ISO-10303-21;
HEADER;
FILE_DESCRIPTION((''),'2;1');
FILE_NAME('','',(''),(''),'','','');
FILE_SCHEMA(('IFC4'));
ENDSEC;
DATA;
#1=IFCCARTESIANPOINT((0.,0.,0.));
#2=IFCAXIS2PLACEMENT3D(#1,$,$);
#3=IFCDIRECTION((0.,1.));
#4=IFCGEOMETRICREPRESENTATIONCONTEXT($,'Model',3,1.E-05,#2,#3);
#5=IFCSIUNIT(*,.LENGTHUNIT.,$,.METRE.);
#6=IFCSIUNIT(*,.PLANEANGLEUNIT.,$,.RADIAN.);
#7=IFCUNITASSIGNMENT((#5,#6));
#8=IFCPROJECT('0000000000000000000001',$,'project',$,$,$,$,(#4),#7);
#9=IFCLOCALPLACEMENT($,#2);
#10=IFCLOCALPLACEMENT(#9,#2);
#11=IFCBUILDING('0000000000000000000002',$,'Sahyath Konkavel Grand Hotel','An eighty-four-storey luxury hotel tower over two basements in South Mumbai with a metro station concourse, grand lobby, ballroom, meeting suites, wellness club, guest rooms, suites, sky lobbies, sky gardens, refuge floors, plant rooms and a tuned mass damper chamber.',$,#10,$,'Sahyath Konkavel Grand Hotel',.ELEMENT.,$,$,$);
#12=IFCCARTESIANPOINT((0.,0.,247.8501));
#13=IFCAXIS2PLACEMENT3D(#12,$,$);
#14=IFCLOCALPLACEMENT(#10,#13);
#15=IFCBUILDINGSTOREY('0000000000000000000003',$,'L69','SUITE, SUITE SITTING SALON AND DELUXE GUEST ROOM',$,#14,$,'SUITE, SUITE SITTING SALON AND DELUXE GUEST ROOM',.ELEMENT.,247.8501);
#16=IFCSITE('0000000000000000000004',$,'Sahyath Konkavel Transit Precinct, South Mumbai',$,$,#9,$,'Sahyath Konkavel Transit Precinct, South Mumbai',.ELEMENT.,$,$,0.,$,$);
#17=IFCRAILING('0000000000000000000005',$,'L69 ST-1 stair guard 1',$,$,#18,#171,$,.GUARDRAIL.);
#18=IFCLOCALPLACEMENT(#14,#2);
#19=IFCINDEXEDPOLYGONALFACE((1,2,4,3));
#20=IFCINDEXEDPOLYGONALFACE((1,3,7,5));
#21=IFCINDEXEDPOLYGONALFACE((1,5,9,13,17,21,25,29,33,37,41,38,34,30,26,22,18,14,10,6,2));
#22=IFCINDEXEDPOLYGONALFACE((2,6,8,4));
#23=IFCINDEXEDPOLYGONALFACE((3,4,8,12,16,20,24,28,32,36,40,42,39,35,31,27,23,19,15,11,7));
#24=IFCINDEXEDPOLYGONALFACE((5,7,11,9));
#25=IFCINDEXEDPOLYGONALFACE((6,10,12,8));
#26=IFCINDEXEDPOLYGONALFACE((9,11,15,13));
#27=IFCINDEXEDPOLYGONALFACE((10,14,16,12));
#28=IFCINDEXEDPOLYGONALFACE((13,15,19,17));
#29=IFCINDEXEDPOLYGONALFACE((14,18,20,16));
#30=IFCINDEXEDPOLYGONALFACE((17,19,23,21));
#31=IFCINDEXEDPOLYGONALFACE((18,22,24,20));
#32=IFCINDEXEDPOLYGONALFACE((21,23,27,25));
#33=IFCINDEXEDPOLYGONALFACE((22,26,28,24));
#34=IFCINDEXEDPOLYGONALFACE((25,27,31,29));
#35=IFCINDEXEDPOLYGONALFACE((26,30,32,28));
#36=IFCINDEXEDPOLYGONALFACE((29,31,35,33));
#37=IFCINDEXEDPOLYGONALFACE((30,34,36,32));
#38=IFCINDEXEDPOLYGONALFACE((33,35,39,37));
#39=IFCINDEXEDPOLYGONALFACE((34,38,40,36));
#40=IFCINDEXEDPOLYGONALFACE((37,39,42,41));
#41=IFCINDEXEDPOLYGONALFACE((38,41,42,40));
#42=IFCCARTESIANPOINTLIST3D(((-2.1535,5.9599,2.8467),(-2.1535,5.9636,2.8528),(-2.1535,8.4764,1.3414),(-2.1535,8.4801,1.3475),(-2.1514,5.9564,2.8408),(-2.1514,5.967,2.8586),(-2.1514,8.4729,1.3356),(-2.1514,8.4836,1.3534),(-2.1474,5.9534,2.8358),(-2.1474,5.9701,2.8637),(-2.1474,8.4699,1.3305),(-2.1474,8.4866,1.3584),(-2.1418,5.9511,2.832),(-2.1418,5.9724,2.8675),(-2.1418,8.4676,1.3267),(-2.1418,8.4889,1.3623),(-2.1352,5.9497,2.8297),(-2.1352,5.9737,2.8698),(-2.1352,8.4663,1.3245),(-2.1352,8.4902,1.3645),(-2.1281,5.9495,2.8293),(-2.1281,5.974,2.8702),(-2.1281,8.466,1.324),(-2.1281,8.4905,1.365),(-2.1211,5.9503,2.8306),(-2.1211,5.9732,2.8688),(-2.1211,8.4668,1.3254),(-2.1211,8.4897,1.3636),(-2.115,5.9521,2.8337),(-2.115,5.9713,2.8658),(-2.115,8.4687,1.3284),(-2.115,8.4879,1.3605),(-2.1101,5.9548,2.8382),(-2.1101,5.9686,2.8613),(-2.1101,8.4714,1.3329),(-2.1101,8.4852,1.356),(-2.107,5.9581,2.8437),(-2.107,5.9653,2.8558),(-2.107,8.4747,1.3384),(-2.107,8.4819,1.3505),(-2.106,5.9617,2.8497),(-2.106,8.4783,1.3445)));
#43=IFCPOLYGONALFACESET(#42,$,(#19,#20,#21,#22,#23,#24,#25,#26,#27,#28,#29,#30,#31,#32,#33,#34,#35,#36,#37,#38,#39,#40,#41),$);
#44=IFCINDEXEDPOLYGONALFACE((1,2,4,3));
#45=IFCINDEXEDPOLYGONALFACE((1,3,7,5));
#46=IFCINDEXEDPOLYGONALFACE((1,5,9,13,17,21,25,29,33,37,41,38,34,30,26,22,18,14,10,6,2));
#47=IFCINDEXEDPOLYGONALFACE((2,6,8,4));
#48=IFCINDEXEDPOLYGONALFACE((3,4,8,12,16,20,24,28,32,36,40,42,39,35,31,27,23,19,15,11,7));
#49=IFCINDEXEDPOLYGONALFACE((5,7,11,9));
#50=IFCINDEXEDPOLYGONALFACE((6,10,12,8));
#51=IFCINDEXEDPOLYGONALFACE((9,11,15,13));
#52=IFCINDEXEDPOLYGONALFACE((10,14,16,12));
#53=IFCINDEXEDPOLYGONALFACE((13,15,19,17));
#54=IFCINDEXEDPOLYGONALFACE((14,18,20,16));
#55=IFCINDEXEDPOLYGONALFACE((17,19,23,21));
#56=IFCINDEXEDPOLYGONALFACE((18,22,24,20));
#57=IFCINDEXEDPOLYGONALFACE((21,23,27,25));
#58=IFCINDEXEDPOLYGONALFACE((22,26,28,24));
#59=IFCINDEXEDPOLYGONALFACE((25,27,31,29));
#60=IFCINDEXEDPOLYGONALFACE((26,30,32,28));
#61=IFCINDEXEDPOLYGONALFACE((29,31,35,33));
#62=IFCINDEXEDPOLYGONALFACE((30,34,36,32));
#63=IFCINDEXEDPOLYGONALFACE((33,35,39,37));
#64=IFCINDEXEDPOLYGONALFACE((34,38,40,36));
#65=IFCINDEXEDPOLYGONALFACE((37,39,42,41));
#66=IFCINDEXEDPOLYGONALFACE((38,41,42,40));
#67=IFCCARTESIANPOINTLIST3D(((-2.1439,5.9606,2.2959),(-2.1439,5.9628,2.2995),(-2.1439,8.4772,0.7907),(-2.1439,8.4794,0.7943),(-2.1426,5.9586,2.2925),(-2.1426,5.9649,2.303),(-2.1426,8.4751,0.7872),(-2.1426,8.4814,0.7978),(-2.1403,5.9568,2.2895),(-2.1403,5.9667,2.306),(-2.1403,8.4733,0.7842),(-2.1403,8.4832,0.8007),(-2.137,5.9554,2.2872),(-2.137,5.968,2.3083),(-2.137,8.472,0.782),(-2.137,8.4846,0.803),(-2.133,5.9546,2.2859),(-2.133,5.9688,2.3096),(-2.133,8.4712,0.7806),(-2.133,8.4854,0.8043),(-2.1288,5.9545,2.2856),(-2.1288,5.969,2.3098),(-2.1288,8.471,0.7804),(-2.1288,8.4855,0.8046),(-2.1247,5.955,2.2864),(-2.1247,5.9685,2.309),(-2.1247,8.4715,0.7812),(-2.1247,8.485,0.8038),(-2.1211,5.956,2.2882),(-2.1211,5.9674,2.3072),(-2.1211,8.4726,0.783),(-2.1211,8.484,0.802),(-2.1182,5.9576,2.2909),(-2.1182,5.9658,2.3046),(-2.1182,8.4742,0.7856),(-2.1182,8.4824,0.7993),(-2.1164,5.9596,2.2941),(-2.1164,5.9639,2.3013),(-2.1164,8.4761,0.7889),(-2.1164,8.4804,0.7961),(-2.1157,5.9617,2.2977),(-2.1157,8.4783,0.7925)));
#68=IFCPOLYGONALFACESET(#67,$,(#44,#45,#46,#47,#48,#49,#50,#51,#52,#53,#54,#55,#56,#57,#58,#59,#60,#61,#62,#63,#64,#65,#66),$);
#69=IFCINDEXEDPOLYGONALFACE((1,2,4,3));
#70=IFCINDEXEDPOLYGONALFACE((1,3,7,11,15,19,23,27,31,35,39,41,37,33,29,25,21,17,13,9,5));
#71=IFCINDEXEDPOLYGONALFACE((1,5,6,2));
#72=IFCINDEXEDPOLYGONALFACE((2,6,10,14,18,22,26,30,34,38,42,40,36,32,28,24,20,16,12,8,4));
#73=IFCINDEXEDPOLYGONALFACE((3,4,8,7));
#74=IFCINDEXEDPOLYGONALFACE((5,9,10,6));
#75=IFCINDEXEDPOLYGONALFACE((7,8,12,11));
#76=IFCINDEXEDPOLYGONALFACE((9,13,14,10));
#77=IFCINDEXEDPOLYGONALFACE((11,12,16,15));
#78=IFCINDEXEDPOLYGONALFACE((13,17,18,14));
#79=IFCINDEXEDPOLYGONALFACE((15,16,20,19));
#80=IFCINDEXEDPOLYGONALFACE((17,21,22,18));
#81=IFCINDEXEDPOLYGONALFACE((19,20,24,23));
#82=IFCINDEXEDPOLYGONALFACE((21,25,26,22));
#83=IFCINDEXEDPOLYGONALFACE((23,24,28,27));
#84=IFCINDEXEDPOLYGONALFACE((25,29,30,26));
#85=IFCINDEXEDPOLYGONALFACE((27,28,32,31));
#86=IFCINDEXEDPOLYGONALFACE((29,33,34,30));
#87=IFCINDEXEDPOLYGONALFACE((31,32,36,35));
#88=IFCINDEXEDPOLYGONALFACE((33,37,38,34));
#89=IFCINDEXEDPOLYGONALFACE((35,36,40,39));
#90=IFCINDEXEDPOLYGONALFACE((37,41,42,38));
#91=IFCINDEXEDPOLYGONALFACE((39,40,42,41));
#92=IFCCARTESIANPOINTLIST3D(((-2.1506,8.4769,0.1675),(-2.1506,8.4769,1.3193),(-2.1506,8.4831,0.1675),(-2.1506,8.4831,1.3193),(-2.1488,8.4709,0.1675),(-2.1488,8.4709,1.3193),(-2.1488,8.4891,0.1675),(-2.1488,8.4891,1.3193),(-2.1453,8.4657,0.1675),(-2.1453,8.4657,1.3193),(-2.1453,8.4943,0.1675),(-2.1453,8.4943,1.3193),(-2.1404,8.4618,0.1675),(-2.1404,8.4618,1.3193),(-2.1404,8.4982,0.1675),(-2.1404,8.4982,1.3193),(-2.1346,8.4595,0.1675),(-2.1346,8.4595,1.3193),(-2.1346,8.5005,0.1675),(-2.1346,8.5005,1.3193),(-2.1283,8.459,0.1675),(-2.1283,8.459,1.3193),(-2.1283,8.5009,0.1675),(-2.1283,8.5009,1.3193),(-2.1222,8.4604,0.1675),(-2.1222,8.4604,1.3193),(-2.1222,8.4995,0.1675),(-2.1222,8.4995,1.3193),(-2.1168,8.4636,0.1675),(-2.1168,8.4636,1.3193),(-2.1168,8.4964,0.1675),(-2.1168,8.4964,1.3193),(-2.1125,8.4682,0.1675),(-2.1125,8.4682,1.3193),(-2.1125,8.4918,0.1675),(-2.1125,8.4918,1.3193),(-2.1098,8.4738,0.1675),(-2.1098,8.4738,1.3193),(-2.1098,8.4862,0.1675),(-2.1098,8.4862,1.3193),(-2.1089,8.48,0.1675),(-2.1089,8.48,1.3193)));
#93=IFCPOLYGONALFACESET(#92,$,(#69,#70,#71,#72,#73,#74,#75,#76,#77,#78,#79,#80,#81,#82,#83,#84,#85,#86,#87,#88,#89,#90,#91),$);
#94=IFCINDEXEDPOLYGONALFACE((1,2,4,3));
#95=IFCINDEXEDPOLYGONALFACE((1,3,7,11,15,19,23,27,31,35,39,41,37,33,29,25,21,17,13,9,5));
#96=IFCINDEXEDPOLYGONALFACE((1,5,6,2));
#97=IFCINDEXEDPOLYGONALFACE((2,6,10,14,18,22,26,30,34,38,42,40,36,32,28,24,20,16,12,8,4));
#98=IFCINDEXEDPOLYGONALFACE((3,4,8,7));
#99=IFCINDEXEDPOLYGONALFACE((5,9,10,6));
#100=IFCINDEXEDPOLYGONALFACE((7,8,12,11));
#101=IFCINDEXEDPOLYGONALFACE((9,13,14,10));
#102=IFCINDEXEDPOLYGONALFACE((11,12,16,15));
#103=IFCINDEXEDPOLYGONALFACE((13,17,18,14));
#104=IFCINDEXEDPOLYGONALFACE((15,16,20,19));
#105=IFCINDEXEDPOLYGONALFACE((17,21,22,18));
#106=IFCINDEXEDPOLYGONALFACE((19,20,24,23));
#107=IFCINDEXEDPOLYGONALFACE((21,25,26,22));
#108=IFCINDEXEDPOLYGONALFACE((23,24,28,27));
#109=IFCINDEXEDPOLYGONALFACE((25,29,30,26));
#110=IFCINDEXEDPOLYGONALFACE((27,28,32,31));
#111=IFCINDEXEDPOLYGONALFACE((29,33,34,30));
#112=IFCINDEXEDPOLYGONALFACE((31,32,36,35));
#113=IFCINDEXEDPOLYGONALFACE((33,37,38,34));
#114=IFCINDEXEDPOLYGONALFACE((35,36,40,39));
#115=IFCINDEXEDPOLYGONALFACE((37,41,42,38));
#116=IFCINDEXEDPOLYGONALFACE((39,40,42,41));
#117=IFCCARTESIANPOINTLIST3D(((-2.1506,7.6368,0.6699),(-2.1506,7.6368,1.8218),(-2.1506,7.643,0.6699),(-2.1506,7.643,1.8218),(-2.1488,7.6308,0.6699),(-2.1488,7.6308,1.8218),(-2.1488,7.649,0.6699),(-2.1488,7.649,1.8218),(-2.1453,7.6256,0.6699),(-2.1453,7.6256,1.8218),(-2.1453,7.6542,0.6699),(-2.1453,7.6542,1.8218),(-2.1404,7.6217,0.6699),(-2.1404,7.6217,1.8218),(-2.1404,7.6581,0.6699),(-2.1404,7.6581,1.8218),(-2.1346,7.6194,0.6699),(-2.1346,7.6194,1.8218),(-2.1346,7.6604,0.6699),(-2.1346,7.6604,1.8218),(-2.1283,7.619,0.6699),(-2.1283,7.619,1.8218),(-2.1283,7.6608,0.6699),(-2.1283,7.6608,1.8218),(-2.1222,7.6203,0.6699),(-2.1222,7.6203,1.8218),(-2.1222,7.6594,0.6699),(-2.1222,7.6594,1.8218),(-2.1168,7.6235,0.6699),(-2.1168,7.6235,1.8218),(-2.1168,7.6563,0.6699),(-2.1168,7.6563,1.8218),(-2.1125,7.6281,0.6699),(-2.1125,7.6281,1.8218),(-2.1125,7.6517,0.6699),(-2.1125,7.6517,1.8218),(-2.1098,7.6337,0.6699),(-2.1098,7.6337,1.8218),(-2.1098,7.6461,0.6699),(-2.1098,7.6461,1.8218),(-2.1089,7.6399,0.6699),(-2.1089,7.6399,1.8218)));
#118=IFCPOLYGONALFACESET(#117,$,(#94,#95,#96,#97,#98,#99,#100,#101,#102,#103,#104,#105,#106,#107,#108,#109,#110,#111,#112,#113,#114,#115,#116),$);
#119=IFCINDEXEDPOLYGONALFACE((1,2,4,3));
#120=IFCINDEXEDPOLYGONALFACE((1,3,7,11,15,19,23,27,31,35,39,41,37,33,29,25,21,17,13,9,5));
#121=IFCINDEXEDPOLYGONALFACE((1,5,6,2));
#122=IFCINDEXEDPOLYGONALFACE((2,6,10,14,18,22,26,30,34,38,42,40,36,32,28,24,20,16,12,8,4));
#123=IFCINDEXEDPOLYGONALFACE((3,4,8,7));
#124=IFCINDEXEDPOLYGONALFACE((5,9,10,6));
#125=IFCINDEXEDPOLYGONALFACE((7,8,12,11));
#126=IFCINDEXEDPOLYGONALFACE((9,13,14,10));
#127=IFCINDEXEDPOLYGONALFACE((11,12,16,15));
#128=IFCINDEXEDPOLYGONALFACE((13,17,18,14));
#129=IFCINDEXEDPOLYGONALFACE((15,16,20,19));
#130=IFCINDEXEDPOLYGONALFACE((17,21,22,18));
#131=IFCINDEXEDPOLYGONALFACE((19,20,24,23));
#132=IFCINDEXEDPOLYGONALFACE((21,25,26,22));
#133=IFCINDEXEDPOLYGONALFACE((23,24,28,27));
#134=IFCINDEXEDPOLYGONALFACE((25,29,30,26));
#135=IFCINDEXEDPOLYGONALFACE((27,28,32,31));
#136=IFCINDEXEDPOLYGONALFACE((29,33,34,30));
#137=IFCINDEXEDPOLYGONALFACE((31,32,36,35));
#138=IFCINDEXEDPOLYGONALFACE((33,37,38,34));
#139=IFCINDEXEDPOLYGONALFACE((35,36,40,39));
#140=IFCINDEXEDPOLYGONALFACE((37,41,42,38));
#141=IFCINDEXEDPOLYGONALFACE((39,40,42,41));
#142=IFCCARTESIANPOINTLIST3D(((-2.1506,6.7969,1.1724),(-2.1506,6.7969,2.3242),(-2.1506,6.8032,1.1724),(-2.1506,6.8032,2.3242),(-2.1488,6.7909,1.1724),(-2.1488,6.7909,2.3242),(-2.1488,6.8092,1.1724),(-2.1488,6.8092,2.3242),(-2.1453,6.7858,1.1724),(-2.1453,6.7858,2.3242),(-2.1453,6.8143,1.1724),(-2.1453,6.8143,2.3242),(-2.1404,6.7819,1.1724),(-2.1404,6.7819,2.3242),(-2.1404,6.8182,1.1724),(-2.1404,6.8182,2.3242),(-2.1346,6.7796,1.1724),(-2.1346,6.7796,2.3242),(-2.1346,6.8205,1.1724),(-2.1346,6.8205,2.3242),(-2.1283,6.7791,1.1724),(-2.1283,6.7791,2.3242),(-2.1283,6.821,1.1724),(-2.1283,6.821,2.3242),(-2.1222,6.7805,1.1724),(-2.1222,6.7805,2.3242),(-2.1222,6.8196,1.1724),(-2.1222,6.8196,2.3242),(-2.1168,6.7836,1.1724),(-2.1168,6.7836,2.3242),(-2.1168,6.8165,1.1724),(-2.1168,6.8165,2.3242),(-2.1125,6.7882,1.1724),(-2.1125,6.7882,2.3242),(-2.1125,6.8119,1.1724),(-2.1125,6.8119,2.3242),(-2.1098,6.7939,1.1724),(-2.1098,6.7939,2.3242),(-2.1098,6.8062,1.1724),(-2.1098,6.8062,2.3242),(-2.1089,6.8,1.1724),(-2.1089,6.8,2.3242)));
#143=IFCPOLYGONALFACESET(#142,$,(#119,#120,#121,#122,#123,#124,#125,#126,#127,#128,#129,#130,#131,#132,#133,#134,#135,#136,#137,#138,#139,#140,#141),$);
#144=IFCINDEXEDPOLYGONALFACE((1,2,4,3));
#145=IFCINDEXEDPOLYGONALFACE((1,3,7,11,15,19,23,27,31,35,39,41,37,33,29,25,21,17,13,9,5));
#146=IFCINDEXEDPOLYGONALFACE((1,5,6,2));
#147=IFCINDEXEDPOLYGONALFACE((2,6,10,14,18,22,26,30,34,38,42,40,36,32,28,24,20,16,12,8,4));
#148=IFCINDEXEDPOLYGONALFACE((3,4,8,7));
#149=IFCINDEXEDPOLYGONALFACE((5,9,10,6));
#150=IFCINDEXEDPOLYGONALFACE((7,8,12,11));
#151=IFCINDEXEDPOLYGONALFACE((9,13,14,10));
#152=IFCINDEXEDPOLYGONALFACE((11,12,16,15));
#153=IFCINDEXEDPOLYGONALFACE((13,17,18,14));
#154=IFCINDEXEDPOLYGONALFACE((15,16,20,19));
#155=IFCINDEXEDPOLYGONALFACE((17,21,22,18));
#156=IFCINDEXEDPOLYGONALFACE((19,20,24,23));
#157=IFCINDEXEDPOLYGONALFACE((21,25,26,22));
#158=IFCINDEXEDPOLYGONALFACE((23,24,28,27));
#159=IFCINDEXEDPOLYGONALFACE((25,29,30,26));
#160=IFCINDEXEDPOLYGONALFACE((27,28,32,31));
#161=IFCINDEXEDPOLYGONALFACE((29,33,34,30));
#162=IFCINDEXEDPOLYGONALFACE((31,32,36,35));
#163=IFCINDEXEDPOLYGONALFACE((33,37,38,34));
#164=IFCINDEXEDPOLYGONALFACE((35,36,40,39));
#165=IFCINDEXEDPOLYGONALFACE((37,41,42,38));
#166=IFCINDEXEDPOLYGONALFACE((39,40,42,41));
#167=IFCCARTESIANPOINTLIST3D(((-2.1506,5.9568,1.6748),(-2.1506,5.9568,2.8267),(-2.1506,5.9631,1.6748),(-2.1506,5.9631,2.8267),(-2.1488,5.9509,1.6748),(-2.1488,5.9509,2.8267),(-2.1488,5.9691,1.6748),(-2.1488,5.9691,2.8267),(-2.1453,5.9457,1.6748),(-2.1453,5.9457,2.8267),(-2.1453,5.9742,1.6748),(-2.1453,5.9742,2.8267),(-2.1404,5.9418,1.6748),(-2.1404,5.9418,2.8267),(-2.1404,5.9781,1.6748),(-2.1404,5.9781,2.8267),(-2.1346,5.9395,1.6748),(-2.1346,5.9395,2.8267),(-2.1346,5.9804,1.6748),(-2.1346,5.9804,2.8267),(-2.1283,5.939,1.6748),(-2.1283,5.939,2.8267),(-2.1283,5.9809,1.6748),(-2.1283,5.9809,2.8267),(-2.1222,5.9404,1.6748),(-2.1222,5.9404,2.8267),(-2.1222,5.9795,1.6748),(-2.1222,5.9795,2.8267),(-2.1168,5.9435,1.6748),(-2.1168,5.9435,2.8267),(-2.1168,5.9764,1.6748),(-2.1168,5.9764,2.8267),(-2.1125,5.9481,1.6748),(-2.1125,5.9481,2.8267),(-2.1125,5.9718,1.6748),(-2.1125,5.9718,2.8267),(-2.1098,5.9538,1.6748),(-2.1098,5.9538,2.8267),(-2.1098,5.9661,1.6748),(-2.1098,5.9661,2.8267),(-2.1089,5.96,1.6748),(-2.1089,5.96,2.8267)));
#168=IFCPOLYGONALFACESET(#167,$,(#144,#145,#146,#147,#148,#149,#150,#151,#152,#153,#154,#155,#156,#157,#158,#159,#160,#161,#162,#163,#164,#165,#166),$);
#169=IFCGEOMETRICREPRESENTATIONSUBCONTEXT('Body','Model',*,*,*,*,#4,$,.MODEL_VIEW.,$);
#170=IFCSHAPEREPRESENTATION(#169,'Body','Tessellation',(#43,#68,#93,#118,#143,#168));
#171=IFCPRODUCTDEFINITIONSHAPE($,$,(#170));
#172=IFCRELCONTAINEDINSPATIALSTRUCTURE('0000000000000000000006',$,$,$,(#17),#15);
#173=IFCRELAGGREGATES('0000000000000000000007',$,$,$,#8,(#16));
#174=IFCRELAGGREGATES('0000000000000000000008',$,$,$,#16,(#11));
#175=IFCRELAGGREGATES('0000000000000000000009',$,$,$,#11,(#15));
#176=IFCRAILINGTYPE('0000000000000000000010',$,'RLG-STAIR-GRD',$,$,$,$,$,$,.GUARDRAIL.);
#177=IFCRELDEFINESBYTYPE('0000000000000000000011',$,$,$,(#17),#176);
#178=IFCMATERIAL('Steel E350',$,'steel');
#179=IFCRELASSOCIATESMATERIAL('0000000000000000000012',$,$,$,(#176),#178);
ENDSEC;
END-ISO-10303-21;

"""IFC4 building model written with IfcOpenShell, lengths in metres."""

from ifc_helpers import new_model, si_unit, direction, frame, origin, origin_2d, place, context, subcontext, project, spatial, circle, extrude, material, type_object, element, save


model = new_model("IFC4")

# Units and contexts
model_context = context("Model", 3, precision=1e-05, world=origin(), true_north=direction((0.0, 1.0)))
body_context = subcontext(model_context, "Body", "Model", "MODEL_VIEW")
ifc_project = project(units=[si_unit("LENGTHUNIT", "METRE"), si_unit("PLANEANGLEUNIT", "RADIAN")], contexts=[model_context])

# Site, building, storey
site_placement = place(None, origin())
site = spatial("IfcSite", under=ifc_project, at=site_placement, Name="Sahyath Konkavel Transit Precinct, South Mumbai", LongName="Sahyath Konkavel Transit Precinct, South Mumbai", CompositionType="ELEMENT", RefElevation=0.0)
building_placement = place(site_placement, origin())
building = spatial("IfcBuilding", under=site, at=building_placement, Name="Sahyath Konkavel Grand Hotel", Description="An eighty-four-storey luxury hotel tower over two basements in South Mumbai with a metro station concourse, grand lobby, ballroom, meeting suites, wellness club, guest rooms, suites, sky lobbies, sky gardens, refuge floors, plant rooms and a tuned mass damper chamber.", LongName="Sahyath Konkavel Grand Hotel", CompositionType="ELEMENT")
storey_placement = place(building_placement, frame((0.0, 0.0, 247.8501)))
storey = spatial("IfcBuildingStorey", under=building, at=storey_placement, Name="L69", Description="SUITE, SUITE SITTING SALON AND DELUXE GUEST ROOM", LongName="SUITE, SUITE SITTING SALON AND DELUXE GUEST ROOM", CompositionType="ELEMENT", Elevation=247.8501)

# Shared definitions
ifc_material_1 = material(Name="Steel E350", Category="steel")

# Railing
railing_type_1 = type_object("IfcRailingType", Name="RLG-STAIR-GRD", PredefinedType="GUARDRAIL", material=ifc_material_1)
railing_1_placement = place(storey_placement, frame((-2.1299, 8.48, 0.1675)))
element("IfcRailing", 1, at=railing_1_placement, inside=storey, type_object=railing_type_1, Name="L69 ST-1 stair guard 1", PredefinedType="GUARDRAIL", context=body_context, shape_type="SweptSolid", body=[
    extrude(circle(Radius=0.0239, at=origin_2d()), frame((0.0, -0.0017, 1.177), z_axis=(0.0, -0.858196, 0.513321), x_axis=(1.0, 0.0, 0.0)), (0.0, 0.0, 1.0), 2.9324),
    extrude(circle(Radius=0.0142, at=origin_2d()), frame((0.0, -0.0017, 0.625), z_axis=(0.0, -0.858196, 0.513321), x_axis=(1.0, 0.0, 0.0)), (0.0, 0.0, 1.0), 2.9324),
    extrude(circle(Radius=0.021, at=origin_2d()), origin(), (0.0, 0.0, 1.0), 1.1519),
    extrude(circle(Radius=0.021, at=origin_2d()), frame((0.0, -0.8401, 0.5024)), (0.0, 0.0, 1.0), 1.1519),
    extrude(circle(Radius=0.021, at=origin_2d()), frame((0.0, -1.6799, 1.0049)), (0.0, 0.0, 1.0), 1.1519),
    extrude(circle(Radius=0.021, at=origin_2d()), frame((0.0, -2.52, 1.5073)), (0.0, 0.0, 1.0), 1.1519),
])

save(model, "model.ifc")
